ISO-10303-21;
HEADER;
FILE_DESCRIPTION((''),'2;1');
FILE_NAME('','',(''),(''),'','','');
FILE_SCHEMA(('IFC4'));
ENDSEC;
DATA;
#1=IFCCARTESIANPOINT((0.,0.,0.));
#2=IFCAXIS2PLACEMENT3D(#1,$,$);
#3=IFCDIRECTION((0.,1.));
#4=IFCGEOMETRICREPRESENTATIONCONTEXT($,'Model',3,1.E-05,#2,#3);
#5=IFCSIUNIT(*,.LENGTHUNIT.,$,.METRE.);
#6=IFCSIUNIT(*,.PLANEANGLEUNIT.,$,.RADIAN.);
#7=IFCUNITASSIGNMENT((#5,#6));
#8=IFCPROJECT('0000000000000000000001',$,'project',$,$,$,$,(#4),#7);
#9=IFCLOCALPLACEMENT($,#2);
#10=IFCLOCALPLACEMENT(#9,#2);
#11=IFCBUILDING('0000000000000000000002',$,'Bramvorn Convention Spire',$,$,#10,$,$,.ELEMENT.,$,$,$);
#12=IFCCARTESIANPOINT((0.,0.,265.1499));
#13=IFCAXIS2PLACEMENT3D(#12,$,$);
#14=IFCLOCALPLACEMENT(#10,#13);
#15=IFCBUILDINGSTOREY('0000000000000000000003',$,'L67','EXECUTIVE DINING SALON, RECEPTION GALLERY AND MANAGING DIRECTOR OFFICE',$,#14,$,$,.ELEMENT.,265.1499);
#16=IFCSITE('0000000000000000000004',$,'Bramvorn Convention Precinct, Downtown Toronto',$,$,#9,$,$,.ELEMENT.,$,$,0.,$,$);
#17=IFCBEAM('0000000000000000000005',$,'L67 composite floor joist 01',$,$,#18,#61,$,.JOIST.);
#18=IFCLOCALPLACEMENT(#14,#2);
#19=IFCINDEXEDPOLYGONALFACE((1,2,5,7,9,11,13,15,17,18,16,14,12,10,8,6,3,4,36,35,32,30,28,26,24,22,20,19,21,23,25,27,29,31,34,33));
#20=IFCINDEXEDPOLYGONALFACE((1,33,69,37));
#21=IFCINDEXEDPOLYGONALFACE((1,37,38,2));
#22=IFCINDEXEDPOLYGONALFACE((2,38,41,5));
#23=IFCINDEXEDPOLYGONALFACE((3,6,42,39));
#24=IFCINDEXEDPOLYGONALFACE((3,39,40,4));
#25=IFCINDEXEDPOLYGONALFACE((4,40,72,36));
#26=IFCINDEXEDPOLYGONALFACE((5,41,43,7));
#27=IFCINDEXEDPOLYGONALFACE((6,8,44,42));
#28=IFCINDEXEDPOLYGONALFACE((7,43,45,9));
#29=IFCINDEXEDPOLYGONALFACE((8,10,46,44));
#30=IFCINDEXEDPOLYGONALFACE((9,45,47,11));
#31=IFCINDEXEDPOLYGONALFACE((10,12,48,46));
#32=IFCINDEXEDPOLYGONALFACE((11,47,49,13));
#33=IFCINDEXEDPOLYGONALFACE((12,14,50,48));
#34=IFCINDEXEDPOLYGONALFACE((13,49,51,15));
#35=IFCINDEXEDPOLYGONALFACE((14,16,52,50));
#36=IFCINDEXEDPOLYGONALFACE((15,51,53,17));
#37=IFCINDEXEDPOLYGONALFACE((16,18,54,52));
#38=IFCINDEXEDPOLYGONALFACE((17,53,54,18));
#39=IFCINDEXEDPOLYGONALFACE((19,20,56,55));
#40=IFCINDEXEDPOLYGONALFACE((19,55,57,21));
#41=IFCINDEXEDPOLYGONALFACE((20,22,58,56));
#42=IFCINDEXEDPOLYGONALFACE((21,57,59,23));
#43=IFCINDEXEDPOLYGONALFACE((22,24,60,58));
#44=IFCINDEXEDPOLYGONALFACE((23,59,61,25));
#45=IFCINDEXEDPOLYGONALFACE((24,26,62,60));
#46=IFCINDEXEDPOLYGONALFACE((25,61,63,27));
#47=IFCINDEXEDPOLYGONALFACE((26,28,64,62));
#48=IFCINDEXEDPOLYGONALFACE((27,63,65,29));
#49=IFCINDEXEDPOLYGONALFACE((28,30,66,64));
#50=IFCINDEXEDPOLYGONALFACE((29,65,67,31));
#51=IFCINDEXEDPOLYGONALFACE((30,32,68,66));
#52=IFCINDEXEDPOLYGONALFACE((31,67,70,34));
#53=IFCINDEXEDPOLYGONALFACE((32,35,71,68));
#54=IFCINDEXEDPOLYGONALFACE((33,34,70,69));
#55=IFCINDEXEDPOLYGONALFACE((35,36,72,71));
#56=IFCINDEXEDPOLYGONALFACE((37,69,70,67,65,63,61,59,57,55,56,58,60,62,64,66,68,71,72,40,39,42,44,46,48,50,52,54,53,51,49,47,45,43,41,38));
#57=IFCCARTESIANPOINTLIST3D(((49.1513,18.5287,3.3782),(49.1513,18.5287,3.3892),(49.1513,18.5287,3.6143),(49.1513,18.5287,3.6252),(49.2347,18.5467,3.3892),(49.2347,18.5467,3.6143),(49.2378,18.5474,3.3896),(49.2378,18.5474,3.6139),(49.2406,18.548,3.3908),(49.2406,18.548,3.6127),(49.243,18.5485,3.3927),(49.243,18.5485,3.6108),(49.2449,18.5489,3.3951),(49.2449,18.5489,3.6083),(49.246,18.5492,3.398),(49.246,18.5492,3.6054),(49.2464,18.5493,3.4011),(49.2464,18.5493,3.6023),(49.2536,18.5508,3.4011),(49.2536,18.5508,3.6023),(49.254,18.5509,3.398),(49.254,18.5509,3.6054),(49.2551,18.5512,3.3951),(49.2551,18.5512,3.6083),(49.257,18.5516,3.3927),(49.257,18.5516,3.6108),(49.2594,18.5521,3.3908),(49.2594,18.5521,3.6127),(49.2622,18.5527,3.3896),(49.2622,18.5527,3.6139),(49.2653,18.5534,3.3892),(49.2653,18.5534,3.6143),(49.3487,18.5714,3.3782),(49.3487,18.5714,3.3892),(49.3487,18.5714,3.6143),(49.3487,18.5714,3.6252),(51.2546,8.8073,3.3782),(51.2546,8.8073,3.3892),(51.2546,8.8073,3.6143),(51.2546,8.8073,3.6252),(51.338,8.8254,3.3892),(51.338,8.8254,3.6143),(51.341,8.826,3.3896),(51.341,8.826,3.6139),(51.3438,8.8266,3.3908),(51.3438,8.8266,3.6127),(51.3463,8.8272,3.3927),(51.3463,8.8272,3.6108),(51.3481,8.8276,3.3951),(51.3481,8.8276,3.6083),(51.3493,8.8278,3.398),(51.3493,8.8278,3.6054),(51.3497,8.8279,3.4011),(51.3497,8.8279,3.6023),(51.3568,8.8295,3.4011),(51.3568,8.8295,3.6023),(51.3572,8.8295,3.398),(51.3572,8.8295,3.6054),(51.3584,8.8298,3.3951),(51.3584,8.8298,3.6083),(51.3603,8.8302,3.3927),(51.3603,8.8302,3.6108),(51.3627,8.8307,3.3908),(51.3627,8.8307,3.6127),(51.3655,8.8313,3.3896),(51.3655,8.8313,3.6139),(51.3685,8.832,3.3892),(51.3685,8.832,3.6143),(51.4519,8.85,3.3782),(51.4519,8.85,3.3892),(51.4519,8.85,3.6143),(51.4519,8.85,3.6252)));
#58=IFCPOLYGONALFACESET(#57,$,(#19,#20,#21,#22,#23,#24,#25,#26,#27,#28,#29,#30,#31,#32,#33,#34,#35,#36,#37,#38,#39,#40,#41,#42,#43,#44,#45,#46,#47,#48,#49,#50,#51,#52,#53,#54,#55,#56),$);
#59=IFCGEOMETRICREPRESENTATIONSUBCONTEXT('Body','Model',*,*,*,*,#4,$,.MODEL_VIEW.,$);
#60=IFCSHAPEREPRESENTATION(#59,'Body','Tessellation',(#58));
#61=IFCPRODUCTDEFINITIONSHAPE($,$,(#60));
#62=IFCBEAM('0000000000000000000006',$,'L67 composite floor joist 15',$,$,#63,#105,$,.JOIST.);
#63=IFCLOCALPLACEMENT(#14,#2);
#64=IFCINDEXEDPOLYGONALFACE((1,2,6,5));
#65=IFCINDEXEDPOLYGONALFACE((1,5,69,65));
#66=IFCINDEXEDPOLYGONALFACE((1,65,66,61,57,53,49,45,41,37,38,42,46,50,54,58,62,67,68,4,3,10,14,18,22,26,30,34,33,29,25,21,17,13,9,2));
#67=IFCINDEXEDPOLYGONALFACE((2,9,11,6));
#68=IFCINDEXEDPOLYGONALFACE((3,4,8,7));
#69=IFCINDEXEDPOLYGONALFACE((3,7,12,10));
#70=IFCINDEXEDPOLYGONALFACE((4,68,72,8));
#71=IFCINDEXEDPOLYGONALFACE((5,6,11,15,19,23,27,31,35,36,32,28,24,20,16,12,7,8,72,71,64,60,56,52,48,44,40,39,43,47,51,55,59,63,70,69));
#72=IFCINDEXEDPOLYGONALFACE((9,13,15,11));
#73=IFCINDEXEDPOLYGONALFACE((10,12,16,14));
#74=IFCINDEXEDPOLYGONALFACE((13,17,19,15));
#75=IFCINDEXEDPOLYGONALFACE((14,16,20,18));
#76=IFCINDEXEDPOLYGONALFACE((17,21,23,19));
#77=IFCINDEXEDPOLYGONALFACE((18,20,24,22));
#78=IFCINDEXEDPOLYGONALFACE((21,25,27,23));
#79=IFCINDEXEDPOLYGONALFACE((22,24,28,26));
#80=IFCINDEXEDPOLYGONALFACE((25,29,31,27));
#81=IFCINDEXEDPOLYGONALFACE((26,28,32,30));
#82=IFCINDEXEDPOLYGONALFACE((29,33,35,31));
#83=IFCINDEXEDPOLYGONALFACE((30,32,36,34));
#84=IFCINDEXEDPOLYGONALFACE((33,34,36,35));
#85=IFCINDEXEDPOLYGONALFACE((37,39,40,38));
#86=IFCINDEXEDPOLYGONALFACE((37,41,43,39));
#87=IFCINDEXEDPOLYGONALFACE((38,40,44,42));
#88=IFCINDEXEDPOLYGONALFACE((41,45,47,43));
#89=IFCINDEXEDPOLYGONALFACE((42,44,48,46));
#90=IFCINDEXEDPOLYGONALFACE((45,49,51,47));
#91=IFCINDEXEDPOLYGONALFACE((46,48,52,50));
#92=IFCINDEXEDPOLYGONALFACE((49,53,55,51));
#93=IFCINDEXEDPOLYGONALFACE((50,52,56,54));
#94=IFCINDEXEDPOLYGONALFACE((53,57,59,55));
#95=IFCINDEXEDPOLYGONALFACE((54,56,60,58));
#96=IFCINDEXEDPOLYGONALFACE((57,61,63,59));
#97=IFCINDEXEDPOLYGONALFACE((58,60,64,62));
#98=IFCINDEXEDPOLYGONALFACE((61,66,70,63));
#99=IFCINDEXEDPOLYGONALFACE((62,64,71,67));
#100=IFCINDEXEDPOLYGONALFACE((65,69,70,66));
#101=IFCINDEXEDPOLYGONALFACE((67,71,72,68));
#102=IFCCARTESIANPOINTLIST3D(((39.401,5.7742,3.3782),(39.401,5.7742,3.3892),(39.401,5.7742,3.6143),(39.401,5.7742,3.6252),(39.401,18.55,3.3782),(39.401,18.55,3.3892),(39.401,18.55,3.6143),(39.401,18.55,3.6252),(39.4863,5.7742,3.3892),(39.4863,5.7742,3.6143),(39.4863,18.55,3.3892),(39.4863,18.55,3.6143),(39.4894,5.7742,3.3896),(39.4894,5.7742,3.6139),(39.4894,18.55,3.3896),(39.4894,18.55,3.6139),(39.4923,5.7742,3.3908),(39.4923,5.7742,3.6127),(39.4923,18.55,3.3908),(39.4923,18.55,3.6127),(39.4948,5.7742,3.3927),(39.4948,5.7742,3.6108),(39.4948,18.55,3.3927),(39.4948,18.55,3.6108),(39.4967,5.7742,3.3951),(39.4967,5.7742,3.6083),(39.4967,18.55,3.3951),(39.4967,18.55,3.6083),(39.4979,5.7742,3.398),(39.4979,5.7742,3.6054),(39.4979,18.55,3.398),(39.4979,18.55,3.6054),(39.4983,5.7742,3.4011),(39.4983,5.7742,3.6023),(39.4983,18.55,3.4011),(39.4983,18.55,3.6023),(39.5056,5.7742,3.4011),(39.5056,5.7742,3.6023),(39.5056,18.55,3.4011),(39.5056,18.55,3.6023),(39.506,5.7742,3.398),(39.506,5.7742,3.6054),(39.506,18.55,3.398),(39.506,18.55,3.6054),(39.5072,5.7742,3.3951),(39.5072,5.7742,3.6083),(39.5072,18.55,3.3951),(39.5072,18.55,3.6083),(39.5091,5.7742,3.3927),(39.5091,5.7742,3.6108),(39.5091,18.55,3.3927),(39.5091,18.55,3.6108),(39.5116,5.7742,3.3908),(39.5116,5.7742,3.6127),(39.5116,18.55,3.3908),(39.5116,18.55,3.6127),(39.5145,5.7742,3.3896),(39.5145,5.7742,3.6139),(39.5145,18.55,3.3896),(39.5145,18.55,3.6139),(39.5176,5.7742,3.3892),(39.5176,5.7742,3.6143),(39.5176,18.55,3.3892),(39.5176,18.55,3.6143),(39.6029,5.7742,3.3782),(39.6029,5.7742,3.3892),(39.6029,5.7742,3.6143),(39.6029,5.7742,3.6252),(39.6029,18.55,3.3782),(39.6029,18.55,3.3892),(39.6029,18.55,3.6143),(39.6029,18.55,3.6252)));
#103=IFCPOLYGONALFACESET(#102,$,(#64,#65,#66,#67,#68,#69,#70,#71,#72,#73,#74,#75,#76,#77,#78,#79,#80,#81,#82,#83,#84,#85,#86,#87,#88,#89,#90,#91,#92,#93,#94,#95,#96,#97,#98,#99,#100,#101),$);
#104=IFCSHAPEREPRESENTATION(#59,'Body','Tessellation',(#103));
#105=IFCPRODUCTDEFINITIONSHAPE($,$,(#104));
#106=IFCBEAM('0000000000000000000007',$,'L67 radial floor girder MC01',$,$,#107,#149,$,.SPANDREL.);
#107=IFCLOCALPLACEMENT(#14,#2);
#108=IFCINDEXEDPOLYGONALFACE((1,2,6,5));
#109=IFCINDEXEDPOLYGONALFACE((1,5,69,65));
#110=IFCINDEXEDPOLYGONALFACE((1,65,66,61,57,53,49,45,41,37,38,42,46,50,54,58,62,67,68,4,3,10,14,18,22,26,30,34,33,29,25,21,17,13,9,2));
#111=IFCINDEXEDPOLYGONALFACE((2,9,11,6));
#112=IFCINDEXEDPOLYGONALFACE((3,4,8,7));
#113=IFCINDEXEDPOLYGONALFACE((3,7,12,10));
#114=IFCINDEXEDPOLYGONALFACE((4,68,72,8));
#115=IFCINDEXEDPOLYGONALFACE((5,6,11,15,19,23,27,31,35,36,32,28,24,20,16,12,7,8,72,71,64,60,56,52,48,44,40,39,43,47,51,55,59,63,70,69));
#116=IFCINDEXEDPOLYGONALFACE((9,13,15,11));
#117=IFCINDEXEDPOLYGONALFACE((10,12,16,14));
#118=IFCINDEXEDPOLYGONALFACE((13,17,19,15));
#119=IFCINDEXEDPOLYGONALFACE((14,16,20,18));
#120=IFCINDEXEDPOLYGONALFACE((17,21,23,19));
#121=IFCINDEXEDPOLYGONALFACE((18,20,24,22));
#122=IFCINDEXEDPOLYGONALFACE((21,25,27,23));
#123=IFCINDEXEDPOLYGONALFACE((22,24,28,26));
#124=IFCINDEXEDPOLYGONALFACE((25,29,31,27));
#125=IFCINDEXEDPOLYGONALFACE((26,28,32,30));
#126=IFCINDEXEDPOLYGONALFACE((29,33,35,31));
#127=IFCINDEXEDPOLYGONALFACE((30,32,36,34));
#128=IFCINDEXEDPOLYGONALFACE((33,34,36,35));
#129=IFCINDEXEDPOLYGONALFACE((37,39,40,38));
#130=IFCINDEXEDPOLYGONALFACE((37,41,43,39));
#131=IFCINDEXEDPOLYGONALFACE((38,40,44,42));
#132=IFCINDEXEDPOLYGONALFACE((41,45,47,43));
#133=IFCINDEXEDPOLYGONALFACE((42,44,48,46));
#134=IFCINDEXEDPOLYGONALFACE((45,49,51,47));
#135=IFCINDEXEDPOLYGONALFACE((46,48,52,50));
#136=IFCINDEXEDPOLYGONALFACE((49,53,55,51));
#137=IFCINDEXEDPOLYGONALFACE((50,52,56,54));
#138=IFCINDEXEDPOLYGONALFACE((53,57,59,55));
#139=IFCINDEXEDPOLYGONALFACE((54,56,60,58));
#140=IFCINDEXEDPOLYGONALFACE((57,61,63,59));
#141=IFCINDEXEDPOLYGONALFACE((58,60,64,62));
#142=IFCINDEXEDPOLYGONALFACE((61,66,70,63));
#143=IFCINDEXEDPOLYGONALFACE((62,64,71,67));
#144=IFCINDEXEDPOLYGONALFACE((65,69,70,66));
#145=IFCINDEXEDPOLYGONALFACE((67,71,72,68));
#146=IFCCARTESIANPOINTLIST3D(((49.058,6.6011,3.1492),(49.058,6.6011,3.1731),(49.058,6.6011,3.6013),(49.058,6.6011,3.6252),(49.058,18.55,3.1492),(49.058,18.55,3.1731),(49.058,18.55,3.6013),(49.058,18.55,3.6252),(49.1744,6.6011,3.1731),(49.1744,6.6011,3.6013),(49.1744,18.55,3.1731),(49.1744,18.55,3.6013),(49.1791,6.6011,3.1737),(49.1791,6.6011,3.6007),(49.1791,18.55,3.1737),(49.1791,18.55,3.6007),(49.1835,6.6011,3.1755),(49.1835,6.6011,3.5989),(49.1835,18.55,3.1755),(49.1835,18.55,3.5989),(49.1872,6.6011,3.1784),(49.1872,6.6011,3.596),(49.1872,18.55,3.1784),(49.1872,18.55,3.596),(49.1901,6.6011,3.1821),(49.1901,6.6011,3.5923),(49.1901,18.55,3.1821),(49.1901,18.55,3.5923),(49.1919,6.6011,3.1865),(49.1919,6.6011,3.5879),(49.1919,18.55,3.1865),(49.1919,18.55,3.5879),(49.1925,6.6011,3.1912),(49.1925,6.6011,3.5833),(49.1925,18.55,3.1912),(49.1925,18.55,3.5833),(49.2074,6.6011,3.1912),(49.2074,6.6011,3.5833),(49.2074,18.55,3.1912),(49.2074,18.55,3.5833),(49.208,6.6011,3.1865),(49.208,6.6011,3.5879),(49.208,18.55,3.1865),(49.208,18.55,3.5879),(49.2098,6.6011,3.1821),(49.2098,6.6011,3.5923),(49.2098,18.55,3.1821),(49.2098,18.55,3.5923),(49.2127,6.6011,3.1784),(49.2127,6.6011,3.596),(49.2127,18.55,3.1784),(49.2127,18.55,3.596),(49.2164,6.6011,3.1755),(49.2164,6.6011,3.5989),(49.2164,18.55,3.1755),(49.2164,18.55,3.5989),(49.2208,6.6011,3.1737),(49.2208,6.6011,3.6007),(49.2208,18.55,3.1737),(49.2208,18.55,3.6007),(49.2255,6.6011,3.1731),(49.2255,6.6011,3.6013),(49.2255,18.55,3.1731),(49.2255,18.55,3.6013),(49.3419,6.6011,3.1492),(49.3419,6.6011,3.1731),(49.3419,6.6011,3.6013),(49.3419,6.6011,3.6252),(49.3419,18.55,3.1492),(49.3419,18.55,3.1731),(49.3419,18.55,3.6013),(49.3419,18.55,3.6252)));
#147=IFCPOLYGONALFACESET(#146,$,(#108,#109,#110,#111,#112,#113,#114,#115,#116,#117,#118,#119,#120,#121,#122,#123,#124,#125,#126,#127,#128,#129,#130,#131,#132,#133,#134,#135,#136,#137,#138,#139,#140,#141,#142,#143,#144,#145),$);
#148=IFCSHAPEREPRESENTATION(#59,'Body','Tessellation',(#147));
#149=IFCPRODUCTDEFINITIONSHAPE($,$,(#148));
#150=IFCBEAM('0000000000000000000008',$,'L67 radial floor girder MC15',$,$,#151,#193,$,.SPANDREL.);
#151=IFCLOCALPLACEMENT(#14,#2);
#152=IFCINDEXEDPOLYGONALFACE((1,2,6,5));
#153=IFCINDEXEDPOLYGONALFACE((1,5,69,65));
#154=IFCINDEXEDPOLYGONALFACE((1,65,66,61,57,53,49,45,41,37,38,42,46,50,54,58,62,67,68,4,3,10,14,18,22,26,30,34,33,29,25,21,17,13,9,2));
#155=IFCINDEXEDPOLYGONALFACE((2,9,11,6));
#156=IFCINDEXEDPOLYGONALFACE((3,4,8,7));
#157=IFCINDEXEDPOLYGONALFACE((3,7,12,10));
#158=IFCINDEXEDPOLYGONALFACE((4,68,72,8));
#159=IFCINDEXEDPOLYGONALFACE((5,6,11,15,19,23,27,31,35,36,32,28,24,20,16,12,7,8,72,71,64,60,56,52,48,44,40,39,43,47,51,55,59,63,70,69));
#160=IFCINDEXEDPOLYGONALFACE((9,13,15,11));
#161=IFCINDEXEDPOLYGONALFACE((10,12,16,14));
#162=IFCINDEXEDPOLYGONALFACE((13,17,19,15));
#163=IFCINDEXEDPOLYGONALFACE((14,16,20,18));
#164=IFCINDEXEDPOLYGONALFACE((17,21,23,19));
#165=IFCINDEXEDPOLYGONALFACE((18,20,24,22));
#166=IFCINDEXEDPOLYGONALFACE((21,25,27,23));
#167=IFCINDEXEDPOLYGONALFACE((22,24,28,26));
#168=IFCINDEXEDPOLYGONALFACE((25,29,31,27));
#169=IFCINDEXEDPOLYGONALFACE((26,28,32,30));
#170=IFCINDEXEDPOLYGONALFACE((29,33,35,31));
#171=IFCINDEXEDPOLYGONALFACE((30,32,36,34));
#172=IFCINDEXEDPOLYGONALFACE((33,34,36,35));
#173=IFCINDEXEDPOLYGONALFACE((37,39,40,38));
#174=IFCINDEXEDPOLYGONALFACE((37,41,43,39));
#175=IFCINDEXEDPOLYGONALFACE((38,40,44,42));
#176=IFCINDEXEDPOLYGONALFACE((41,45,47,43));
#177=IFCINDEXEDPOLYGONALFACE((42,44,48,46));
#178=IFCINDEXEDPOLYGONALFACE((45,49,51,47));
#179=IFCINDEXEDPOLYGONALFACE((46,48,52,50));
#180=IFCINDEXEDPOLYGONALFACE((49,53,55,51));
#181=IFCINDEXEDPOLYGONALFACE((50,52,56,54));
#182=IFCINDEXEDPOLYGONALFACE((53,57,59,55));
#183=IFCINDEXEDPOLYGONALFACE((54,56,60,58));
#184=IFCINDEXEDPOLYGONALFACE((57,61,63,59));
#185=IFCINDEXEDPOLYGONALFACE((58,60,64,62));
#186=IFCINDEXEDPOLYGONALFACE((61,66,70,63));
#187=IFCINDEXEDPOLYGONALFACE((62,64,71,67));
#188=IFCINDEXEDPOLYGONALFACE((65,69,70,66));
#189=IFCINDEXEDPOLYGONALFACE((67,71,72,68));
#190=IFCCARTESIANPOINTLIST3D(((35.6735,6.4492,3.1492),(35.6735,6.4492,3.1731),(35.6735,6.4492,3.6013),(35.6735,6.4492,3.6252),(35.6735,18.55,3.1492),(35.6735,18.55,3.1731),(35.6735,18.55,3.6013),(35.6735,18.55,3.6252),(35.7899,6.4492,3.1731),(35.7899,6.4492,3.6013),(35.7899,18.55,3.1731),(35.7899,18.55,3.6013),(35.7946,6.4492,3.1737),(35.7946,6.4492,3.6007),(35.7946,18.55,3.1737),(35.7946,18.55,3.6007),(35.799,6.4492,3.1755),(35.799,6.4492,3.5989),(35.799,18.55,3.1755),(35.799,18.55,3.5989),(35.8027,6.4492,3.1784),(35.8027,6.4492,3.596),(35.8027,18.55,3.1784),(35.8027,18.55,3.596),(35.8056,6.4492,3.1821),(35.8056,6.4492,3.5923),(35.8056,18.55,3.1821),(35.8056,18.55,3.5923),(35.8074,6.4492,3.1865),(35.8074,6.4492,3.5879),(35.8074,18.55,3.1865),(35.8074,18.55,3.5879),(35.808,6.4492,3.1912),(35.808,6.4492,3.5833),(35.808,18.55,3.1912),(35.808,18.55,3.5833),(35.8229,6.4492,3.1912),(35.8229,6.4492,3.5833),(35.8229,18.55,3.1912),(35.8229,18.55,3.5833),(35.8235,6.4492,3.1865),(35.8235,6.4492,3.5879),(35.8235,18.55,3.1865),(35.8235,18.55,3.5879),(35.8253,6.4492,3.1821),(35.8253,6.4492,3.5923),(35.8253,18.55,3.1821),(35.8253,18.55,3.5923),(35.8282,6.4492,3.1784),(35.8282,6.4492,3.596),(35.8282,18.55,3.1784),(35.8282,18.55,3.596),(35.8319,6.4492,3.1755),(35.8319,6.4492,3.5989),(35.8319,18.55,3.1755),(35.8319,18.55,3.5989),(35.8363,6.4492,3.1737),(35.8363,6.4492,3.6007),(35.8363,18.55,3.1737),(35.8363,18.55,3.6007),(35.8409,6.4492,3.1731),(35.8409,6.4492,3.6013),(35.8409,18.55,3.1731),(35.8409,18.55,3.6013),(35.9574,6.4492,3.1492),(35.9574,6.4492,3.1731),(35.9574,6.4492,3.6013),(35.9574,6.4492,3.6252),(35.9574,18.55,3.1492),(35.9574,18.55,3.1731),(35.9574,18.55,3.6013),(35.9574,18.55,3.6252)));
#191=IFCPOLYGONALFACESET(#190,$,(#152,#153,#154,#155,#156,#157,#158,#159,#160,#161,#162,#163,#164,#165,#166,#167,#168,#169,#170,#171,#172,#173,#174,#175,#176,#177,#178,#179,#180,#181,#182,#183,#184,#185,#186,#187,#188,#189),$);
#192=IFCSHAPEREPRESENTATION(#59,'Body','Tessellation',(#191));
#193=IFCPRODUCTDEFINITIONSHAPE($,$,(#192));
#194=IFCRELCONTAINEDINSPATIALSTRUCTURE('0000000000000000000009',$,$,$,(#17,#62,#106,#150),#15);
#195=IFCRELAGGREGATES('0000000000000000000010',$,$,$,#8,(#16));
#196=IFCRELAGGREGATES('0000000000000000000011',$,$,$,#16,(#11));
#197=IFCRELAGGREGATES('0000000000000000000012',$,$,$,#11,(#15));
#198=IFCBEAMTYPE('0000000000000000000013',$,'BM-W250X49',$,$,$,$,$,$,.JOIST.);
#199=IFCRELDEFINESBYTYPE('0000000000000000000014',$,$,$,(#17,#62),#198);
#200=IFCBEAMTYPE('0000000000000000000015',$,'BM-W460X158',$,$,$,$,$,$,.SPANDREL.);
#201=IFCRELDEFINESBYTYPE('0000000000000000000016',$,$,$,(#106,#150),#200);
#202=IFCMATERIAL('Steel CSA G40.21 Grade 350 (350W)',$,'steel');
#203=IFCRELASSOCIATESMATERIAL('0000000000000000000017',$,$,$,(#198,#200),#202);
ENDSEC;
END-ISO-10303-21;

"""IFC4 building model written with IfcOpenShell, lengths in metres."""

from ifc_helpers import new_model, si_unit, direction, frame, origin, origin_2d, place, context, subcontext, project, spatial, i_section, extrude, material, material_profile, profile_set, type_object, element, save


model = new_model("IFC4")

# Units and contexts
model_context = context("Model", 3, precision=1e-05, world=origin(), true_north=direction((0.0, 1.0)))
body_context = subcontext(model_context, "Body", "Model", "MODEL_VIEW")
ifc_project = project(units=[si_unit("LENGTHUNIT", "METRE"), si_unit("PLANEANGLEUNIT", "RADIAN")], contexts=[model_context])

# Site, building, storey
site_placement = place(None, origin())
site = spatial("IfcSite", under=ifc_project, at=site_placement, Name="Bramvorn Convention Precinct, Downtown Toronto", CompositionType="ELEMENT", RefElevation=0.0)
building_placement = place(site_placement, origin())
building = spatial("IfcBuilding", under=site, at=building_placement, Name="Bramvorn Convention Spire", CompositionType="ELEMENT")
storey_placement = place(building_placement, frame((0.0, 0.0, 265.1499)))
storey = spatial("IfcBuildingStorey", under=building, at=storey_placement, Name="L67", Description="EXECUTIVE DINING SALON, RECEPTION GALLERY AND MANAGING DIRECTOR OFFICE", CompositionType="ELEMENT", Elevation=265.1499)

# Beams
ifc_material_1 = material(Name="Steel CSA G40.21 Grade 350 (350W)", Category="steel")
ifc_material_profile_1 = material_profile(ifc_material_1, i_section(OverallWidth=0.2019, OverallDepth=0.2471, WebThickness=0.0073, FlangeThickness=0.011, FilletRadius=0.012, at=origin_2d()))
ifc_profile_set_1 = profile_set([ifc_material_profile_1], Name="Steel CSA G40.21 Grade 350 (350W) - W250X49")
beam_type_1 = type_object("IfcBeamType", Name="BM-W250X49", PredefinedType="JOIST", material=ifc_profile_set_1)
beam_1_placement = place(storey_placement, frame((49.25, 18.55, 3.5017), z_axis=(0.211461, -0.977386, 0.0), x_axis=(0.977386, 0.211461, 0.0)))
element("IfcBeam", 1, at=beam_1_placement, inside=storey, type_object=beam_type_1, Name="L67 composite floor joist 01", PredefinedType="JOIST", context=body_context, shape_type="SweptSolid", body=[
    extrude(i_section(OverallWidth=0.2019, OverallDepth=0.2471, WebThickness=0.0073, FlangeThickness=0.011, FilletRadius=0.012, at=origin_2d()), origin(), (0.0, 0.0, 1.0), 9.9463),
])
beam_2_placement = place(storey_placement, frame((39.502, 18.55, 3.5017), z_axis=(0.0, -1.0, 0.0), x_axis=(1.0, 0.0, 0.0)))
element("IfcBeam", 2, at=beam_2_placement, inside=storey, type_object=beam_type_1, Name="L67 composite floor joist 15", PredefinedType="JOIST", context=body_context, shape_type="SweptSolid", body=[
    extrude(i_section(OverallWidth=0.2019, OverallDepth=0.2471, WebThickness=0.0073, FlangeThickness=0.011, FilletRadius=0.012, at=origin_2d()), origin(), (0.0, 0.0, 1.0), 12.7759),
])
ifc_material_profile_2 = material_profile(ifc_material_1, i_section(OverallWidth=0.2839, OverallDepth=0.4761, WebThickness=0.0149, FlangeThickness=0.0239, FilletRadius=0.0181, at=origin_2d()))
ifc_profile_set_2 = profile_set([ifc_material_profile_2], Name="Steel CSA G40.21 Grade 350 (350W) - W460X158")
beam_type_2 = type_object("IfcBeamType", Name="BM-W460X158", PredefinedType="SPANDREL", material=ifc_profile_set_2)
beam_3_placement = place(storey_placement, frame((49.2, 18.55, 3.3872), z_axis=(0.0, -1.0, 0.0), x_axis=(1.0, 0.0, 0.0)))
element("IfcBeam", 3, at=beam_3_placement, inside=storey, type_object=beam_type_2, Name="L67 radial floor girder MC01", PredefinedType="SPANDREL", context=body_context, shape_type="SweptSolid", body=[
    extrude(i_section(OverallWidth=0.2839, OverallDepth=0.4761, WebThickness=0.0149, FlangeThickness=0.0239, FilletRadius=0.0181, at=origin_2d()), origin(), (0.0, 0.0, 1.0), 11.949),
])
beam_4_placement = place(storey_placement, frame((35.8154, 18.55, 3.3872), z_axis=(0.0, -1.0, 0.0), x_axis=(1.0, 0.0, 0.0)))
element("IfcBeam", 4, at=beam_4_placement, inside=storey, type_object=beam_type_2, Name="L67 radial floor girder MC15", PredefinedType="SPANDREL", context=body_context, shape_type="SweptSolid", body=[
    extrude(i_section(OverallWidth=0.2839, OverallDepth=0.4761, WebThickness=0.0149, FlangeThickness=0.0239, FilletRadius=0.0181, at=origin_2d()), origin(), (0.0, 0.0, 1.0), 12.1008),
])

save(model, "model.ifc")
